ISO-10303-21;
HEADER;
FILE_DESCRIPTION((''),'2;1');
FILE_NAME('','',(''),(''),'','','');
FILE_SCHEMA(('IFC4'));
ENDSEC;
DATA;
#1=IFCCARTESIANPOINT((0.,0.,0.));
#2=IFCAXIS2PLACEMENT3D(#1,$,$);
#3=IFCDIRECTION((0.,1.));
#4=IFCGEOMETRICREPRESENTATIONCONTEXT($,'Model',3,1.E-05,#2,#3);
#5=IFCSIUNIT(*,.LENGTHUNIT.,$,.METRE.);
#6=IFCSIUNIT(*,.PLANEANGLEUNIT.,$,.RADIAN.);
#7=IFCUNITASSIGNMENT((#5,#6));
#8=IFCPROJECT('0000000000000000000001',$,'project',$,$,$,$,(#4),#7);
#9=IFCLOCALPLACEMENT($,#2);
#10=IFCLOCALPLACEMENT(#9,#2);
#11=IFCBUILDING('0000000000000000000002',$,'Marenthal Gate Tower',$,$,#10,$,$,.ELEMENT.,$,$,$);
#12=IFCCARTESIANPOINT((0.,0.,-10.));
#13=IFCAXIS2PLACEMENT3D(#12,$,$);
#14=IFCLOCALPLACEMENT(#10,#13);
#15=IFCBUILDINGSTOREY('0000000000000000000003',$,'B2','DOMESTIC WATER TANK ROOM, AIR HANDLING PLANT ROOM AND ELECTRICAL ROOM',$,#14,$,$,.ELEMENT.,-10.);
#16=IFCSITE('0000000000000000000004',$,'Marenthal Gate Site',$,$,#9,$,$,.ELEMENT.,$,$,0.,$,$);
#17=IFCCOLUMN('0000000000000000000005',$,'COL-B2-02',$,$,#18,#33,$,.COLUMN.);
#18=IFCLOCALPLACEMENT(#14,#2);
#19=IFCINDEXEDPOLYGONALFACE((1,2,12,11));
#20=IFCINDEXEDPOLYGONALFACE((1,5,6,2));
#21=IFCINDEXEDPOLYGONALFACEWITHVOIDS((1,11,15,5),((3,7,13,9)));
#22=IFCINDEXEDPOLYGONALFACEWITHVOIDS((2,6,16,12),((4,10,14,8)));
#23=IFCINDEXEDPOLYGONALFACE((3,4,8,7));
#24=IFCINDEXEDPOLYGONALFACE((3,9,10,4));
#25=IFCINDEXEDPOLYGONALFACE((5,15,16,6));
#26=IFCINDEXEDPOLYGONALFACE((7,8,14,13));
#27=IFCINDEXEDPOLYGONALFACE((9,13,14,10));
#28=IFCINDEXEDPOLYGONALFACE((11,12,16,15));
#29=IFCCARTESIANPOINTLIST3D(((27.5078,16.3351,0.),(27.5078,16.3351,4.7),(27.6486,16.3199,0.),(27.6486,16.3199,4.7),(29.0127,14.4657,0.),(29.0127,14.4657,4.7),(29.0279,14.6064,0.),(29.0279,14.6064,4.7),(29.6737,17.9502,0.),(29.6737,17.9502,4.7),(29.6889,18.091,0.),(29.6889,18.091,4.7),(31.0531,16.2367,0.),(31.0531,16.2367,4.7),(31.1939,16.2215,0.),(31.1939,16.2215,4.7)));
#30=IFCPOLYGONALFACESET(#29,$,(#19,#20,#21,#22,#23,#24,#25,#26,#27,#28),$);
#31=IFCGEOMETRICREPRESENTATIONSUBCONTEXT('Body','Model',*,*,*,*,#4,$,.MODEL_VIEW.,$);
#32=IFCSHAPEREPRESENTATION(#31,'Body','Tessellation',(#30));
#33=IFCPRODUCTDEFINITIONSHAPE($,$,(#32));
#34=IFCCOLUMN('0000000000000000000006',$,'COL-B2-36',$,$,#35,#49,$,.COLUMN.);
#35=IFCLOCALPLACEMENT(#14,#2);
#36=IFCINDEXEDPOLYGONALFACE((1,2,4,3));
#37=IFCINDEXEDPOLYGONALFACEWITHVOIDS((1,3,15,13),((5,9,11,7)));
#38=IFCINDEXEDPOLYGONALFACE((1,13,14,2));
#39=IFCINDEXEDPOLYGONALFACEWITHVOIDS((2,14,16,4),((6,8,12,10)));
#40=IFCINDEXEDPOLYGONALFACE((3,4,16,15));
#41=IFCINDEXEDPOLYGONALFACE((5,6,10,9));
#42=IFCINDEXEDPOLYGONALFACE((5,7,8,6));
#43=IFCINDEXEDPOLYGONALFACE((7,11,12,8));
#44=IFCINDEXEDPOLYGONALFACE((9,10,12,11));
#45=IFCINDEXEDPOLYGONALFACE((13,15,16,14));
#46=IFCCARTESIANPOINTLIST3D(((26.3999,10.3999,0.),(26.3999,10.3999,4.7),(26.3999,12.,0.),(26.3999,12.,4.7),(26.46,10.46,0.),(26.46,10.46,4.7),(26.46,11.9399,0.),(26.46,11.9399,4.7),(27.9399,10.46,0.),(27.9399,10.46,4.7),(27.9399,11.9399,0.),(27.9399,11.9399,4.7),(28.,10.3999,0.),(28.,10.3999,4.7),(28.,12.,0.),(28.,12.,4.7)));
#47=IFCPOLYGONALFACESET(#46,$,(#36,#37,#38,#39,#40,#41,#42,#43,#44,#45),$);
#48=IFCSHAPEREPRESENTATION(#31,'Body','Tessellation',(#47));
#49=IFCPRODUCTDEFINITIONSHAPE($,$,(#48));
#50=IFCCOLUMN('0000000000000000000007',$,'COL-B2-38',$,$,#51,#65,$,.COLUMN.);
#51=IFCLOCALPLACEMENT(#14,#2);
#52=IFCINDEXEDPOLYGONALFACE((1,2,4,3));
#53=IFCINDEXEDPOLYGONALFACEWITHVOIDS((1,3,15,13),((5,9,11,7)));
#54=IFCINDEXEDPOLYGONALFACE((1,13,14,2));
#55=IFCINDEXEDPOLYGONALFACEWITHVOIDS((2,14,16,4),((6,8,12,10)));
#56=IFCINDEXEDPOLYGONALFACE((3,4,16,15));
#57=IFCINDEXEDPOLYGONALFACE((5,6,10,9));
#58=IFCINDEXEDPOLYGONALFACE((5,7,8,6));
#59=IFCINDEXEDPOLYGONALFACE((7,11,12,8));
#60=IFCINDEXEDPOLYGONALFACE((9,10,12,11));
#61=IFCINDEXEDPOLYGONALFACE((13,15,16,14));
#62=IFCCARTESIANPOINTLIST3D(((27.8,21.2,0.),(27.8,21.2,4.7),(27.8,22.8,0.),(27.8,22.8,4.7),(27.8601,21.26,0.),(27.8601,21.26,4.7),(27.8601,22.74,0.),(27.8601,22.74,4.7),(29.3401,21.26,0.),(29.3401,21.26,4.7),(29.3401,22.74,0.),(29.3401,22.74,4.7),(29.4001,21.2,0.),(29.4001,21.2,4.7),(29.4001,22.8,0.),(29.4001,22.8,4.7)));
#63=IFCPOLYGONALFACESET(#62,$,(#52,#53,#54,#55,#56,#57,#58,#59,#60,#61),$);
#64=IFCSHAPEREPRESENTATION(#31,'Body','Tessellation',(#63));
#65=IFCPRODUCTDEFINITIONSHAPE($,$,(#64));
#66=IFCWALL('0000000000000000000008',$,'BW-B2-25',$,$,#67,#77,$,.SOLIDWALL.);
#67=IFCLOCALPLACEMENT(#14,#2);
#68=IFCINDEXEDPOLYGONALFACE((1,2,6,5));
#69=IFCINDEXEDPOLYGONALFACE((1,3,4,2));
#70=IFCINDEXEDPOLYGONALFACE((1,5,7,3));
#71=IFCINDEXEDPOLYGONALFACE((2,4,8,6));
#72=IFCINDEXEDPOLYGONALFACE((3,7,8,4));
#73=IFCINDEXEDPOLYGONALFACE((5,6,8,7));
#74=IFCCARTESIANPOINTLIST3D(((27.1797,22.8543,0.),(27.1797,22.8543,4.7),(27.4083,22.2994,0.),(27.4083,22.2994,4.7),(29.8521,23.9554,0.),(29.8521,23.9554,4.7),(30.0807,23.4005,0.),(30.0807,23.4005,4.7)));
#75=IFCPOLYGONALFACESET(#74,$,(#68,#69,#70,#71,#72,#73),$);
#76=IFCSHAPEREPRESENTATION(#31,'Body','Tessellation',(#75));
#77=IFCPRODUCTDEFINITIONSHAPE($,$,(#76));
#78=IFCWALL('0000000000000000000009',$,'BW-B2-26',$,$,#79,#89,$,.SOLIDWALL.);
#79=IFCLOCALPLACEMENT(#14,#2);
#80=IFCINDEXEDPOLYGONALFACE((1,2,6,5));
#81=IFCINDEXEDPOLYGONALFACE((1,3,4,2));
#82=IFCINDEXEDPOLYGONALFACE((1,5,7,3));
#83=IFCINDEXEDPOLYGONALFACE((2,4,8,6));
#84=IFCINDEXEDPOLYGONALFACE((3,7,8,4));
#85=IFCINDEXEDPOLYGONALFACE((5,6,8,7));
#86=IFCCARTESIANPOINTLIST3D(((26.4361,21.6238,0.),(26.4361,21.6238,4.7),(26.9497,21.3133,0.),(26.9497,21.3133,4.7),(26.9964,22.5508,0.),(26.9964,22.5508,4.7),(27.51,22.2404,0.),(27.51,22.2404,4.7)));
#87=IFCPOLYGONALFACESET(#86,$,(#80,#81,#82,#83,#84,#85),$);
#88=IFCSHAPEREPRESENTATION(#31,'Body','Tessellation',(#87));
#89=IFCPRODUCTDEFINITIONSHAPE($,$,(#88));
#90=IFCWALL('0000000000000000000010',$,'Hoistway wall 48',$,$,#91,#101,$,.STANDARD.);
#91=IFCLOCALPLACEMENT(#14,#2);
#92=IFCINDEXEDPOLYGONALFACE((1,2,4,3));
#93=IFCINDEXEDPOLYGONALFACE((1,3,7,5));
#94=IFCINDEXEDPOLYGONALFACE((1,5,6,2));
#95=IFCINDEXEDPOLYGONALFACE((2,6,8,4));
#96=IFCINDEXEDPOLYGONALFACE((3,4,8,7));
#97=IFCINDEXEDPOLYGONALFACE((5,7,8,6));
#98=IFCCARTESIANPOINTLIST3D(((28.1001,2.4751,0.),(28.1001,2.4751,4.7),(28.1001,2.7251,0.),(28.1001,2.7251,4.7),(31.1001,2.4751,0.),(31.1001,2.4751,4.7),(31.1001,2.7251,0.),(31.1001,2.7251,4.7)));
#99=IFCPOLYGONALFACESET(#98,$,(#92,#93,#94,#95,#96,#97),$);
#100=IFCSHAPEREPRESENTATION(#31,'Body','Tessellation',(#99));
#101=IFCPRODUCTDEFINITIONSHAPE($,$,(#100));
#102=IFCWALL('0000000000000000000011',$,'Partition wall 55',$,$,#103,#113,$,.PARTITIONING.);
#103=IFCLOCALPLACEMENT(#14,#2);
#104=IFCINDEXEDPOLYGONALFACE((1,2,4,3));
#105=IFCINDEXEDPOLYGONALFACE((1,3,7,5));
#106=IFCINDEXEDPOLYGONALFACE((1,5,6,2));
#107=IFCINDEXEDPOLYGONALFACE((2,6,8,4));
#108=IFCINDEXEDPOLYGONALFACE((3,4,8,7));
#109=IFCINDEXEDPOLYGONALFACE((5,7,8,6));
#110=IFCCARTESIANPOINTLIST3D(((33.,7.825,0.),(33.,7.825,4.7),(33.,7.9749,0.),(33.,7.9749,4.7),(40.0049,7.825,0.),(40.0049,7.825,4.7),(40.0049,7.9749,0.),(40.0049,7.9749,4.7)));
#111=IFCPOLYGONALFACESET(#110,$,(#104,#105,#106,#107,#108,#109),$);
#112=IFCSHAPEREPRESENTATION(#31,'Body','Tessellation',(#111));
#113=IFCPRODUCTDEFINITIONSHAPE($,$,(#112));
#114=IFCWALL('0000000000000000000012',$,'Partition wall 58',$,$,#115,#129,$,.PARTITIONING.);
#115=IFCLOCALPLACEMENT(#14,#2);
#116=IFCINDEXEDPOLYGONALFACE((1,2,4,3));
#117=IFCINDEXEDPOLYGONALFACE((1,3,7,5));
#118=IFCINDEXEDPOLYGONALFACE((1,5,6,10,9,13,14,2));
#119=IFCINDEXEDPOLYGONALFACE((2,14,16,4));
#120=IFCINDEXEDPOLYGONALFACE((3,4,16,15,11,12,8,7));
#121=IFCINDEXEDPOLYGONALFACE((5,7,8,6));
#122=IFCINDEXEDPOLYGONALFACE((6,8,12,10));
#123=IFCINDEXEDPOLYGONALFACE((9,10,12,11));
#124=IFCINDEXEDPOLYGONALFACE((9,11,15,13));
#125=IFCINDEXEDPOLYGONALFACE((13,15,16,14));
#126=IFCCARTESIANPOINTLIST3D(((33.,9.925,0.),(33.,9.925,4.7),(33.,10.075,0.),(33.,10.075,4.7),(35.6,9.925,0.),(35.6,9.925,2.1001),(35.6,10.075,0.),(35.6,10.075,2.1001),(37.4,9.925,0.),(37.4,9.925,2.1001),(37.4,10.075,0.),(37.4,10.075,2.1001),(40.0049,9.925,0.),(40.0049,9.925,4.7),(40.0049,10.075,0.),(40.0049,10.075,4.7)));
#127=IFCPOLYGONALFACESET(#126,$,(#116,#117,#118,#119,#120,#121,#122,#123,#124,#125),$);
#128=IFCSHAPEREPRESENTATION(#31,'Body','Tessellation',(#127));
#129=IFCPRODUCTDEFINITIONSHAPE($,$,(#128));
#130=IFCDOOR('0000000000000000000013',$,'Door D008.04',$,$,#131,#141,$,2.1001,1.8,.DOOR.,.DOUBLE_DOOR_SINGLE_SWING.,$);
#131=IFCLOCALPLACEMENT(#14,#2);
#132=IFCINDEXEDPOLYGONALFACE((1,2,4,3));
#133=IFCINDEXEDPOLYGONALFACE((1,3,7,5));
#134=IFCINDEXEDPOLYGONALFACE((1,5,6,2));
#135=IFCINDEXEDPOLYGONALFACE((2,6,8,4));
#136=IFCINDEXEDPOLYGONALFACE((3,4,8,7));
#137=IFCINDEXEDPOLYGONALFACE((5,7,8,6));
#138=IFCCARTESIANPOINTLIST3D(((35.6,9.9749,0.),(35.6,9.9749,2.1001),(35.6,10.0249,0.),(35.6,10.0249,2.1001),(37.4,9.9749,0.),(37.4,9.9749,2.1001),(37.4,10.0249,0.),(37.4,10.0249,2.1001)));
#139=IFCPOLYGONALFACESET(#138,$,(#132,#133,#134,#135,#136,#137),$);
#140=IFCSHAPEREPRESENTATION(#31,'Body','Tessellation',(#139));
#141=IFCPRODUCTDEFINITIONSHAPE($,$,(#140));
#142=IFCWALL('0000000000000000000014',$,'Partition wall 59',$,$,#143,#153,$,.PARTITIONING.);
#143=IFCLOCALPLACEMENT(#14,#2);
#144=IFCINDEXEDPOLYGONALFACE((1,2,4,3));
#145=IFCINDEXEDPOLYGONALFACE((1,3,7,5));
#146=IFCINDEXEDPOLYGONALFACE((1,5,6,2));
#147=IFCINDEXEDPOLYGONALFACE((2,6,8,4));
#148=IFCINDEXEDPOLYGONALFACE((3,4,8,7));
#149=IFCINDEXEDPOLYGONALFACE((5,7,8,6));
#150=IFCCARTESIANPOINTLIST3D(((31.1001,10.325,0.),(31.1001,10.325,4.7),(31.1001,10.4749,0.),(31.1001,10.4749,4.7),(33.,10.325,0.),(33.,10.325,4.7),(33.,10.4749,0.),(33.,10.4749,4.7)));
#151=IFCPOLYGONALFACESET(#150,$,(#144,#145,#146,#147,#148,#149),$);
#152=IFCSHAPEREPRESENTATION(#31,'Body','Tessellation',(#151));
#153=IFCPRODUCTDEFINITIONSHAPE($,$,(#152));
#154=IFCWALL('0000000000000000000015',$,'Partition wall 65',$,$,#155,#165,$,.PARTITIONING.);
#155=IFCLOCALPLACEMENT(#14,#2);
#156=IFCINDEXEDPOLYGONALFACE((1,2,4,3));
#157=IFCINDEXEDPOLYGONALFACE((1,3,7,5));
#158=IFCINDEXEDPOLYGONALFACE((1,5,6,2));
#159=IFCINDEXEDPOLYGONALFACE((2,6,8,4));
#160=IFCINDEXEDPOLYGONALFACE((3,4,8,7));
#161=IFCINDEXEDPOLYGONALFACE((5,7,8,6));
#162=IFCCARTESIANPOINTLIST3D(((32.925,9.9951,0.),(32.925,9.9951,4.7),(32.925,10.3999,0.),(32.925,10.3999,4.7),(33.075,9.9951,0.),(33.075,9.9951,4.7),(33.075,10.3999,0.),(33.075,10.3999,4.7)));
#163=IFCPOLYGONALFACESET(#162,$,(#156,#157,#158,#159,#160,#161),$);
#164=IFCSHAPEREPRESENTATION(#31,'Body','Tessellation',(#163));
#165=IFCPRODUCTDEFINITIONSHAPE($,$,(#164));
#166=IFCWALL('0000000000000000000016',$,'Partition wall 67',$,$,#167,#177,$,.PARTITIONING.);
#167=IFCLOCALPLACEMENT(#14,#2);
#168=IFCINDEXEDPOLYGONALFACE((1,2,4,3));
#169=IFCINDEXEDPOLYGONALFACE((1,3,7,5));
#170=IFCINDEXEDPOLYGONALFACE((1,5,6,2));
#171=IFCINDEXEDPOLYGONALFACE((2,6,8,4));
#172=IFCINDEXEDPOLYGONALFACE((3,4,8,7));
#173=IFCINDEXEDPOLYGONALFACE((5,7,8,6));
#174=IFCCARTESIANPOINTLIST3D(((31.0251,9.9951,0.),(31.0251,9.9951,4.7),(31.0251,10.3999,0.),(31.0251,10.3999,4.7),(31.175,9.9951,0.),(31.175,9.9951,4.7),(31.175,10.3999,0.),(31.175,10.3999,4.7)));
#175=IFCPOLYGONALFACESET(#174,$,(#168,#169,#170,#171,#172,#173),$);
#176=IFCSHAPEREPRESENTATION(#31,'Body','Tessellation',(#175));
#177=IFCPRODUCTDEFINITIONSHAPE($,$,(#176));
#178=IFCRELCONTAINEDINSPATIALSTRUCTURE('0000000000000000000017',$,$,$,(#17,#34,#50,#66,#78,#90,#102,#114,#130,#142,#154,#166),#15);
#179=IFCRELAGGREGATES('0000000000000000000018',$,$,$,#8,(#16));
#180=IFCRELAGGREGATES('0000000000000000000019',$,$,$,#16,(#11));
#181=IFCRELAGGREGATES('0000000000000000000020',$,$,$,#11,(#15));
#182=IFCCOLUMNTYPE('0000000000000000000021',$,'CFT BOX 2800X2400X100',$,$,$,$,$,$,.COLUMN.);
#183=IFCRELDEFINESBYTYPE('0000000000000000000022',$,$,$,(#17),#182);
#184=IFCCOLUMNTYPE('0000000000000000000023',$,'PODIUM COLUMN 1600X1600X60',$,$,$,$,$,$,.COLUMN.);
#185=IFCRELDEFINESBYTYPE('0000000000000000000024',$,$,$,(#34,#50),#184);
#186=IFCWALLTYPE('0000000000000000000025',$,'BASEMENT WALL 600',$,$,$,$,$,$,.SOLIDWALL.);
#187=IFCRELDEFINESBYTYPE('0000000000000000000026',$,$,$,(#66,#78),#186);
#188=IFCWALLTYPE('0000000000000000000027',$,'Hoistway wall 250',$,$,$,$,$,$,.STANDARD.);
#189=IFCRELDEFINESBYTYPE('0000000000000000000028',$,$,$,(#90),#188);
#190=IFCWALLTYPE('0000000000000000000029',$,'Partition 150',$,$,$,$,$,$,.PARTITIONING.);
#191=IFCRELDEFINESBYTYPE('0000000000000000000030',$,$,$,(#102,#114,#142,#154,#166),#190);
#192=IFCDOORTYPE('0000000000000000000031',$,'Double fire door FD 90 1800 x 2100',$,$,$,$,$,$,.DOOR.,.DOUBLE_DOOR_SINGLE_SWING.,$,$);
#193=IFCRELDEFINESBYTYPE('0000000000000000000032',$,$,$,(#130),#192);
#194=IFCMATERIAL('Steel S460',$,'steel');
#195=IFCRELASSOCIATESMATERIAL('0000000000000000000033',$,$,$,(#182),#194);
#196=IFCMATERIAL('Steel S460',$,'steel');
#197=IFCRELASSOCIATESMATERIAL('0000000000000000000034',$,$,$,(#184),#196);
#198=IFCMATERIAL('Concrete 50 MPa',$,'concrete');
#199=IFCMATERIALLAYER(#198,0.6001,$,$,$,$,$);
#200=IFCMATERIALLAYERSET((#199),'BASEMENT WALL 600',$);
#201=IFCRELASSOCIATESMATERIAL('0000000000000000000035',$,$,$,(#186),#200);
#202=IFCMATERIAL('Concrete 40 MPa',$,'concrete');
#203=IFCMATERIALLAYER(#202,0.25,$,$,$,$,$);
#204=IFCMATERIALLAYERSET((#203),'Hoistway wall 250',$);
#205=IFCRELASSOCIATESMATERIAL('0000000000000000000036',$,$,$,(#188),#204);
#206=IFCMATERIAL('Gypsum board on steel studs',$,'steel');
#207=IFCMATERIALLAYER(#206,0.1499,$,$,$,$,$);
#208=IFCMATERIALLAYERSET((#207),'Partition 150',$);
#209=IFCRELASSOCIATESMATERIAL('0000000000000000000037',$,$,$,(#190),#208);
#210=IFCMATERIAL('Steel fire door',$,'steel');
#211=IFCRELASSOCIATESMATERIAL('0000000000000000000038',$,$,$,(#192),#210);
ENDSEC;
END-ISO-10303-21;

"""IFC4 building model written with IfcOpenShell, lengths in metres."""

from ifc_helpers import new_model, si_unit, direction, frame, frame_2d, origin, origin_2d, place, context, subcontext, project, spatial, rectangle, hollow_rectangle, extrude, material, layer, layer_set, material_profile, profile_set, type_object, element, fill, save


model = new_model("IFC4")

# Units and contexts
model_context = context("Model", 3, precision=1e-05, world=origin(), true_north=direction((0.0, 1.0)))
body_context = subcontext(model_context, "Body", "Model", "MODEL_VIEW")
ifc_project = project(units=[si_unit("LENGTHUNIT", "METRE"), si_unit("PLANEANGLEUNIT", "RADIAN")], contexts=[model_context])

# Site, building, storey
site_placement = place(None, origin())
site = spatial("IfcSite", under=ifc_project, at=site_placement, Name="Marenthal Gate Site", CompositionType="ELEMENT", RefElevation=0.0)
building_placement = place(site_placement, origin())
building = spatial("IfcBuilding", under=site, at=building_placement, Name="Marenthal Gate Tower", CompositionType="ELEMENT")
storey_placement = place(building_placement, frame((0.0, 0.0, -10.0)))
storey = spatial("IfcBuildingStorey", under=building, at=storey_placement, Name="B2", Description="DOMESTIC WATER TANK ROOM, AIR HANDLING PLANT ROOM AND ELECTRICAL ROOM", CompositionType="ELEMENT", Elevation=-10.0)

# Columns
ifc_material_1 = material(Name="Steel S460", Category="steel")
ifc_material_profile_1 = material_profile(ifc_material_1, hollow_rectangle(XDim=2.3999, YDim=2.8, WallThickness=0.1001, at=origin_2d()), Name="CFT BOX 2800X2400X100")
ifc_material_2 = material(Name="Concrete 70 MPa", Category="concrete")
ifc_material_profile_2 = material_profile(ifc_material_2, rectangle(XDim=2.2, YDim=2.6001, at=origin_2d()), Name="CFT BOX 2800X2400X100 INFILL")
ifc_profile_set_1 = profile_set([ifc_material_profile_1, ifc_material_profile_2], Name="Steel S460 shell, Concrete 70 MPa infill")
column_type_1 = type_object("IfcColumnType", Name="CFT BOX 2800X2400X100", PredefinedType="COLUMN", material=ifc_profile_set_1)
for number, where, z_axis, x_axis, name in (
    (1, (29.3508, 16.2783, 0.0), (0.0, 0.0, 1.0), (0.62707, -0.778963, 0.0), "COL-B2-02"),
):
    element("IfcColumn", number, at=place(storey_placement, frame(where, z_axis=z_axis, x_axis=x_axis)), inside=storey, type_object=column_type_1, Name=name, PredefinedType="COLUMN", context=body_context, shape_type="SweptSolid", body=[
        extrude(hollow_rectangle(XDim=2.3999, YDim=2.8, WallThickness=0.1001, at=origin_2d()), origin(), (0.0, 0.0, 1.0), 4.7),
    ])
ifc_material_3 = material(Name="Steel S460", Category="steel")
ifc_material_profile_3 = material_profile(ifc_material_3, hollow_rectangle(XDim=1.6001, YDim=1.6001, WallThickness=0.0601, at=origin_2d()), Name="CFT BOX 1600X1600X60")
ifc_material_4 = material(Name="Concrete 70 MPa", Category="concrete")
ifc_material_profile_4 = material_profile(ifc_material_4, rectangle(XDim=1.48, YDim=1.48, at=origin_2d()), Name="CFT BOX 1600X1600X60 INFILL")
ifc_profile_set_2 = profile_set([ifc_material_profile_3, ifc_material_profile_4], Name="Steel S460 shell, Concrete 70 MPa infill")
column_type_2 = type_object("IfcColumnType", Name="PODIUM COLUMN 1600X1600X60", PredefinedType="COLUMN", material=ifc_profile_set_2)
for number, where, z_axis, x_axis, name in (
    (2, (27.2, 11.2, 0.0), (0.0, 0.0, 1.0), (1.0, 0.0, 0.0), "COL-B2-36"),
    (3, (28.6001, 22.0, 0.0), (0.0, 0.0, 1.0), (1.0, 0.0, 0.0), "COL-B2-38"),
):
    element("IfcColumn", number, at=place(storey_placement, frame(where, z_axis=z_axis, x_axis=x_axis)), inside=storey, type_object=column_type_2, Name=name, PredefinedType="COLUMN", context=body_context, shape_type="SweptSolid", body=[
        extrude(hollow_rectangle(XDim=1.6001, YDim=1.6001, WallThickness=0.0601, at=origin_2d()), origin(), (0.0, 0.0, 1.0), 4.7),
    ])

# Walls
ifc_material_5 = material(Name="Concrete 50 MPa", Category="concrete")
ifc_layer_1 = layer(ifc_material_5, 0.6001)
ifc_layer_set_1 = layer_set([ifc_layer_1], Name="BASEMENT WALL 600")
wall_type_1 = type_object("IfcWallType", Name="BASEMENT WALL 600", PredefinedType="SOLIDWALL", material=ifc_layer_set_1)
wall_1_placement = place(storey_placement, frame((29.9666, 23.678, 0.0), z_axis=(0.0, 0.0, 1.0), x_axis=(-0.924594, -0.380954, 0.0)))
element("IfcWall", 4, at=wall_1_placement, inside=storey, type_object=wall_type_1, Name="BW-B2-25", PredefinedType="SOLIDWALL", context=body_context, shape_type="SweptSolid", body=[
    extrude(rectangle(XDim=2.8904, YDim=0.6001, at=frame_2d((1.4453, 0.0))), origin(), (0.0, 0.0, 1.0), 4.7),
])
wall_2_placement = place(storey_placement, frame((27.2532, 22.3955, 0.0), z_axis=(0.0, 0.0, 1.0), x_axis=(-0.517277, -0.855818, 0.0)))
element("IfcWall", 5, at=wall_2_placement, inside=storey, type_object=wall_type_1, Name="BW-B2-26", PredefinedType="SOLIDWALL", context=body_context, shape_type="SweptSolid", body=[
    extrude(rectangle(XDim=1.0833, YDim=0.6001, at=frame_2d((0.5415, 0.0))), origin(), (0.0, 0.0, 1.0), 4.7),
])
ifc_material_6 = material(Name="Concrete 40 MPa", Category="concrete")
ifc_layer_2 = layer(ifc_material_6, 0.25)
ifc_layer_set_2 = layer_set([ifc_layer_2], Name="Hoistway wall 250")
wall_type_2 = type_object("IfcWallType", Name="Hoistway wall 250", PredefinedType="STANDARD", material=ifc_layer_set_2)
wall_3_placement = place(storey_placement, frame((28.1001, 2.6001, 0.0), z_axis=(0.0, 0.0, 1.0), x_axis=(1.0, 0.0, 0.0)))
element("IfcWall", 6, at=wall_3_placement, inside=storey, type_object=wall_type_2, Name="Hoistway wall 48", PredefinedType="STANDARD", context=body_context, shape_type="SweptSolid", body=[
    extrude(rectangle(XDim=3.0, YDim=0.25, at=frame_2d((1.5, 0.0))), origin(), (0.0, 0.0, 1.0), 4.7),
])
ifc_material_7 = material(Name="Gypsum board on steel studs", Category="steel")
ifc_layer_3 = layer(ifc_material_7, 0.1499)
ifc_layer_set_3 = layer_set([ifc_layer_3], Name="Partition 150")
wall_type_3 = type_object("IfcWallType", Name="Partition 150", PredefinedType="PARTITIONING", material=ifc_layer_set_3)
wall_4_placement = place(storey_placement, frame((33.0, 7.8999, 0.0), z_axis=(0.0, 0.0, 1.0), x_axis=(1.0, 0.0, 0.0)))
element("IfcWall", 7, at=wall_4_placement, inside=storey, type_object=wall_type_3, Name="Partition wall 55", PredefinedType="PARTITIONING", context=body_context, shape_type="SweptSolid", body=[
    extrude(rectangle(XDim=7.0049, YDim=0.1499, at=frame_2d((3.5024, 0.0))), origin(), (0.0, 0.0, 1.0), 4.7),
])

# Wall, opening, door
wall_5_placement = place(storey_placement, frame((33.0, 10.0, 0.0), z_axis=(0.0, 0.0, 1.0), x_axis=(1.0, 0.0, 0.0)))
wall_5 = element("IfcWall", 8, at=wall_5_placement, inside=storey, type_object=wall_type_3, Name="Partition wall 58", PredefinedType="PARTITIONING", context=body_context, shape_type="SweptSolid", body=[
    extrude(rectangle(XDim=7.0049, YDim=0.1499, at=frame_2d((3.5024, 0.0))), origin(), (0.0, 0.0, 1.0), 4.7),
])
opening_1_placement = place(wall_5_placement, frame((2.6001, 0.0, 0.0)))
opening_1 = element("IfcOpeningElement", 9, at=opening_1_placement, cuts=wall_5, PredefinedType="OPENING", context=body_context, shape_type="SweptSolid", body=[
    extrude(rectangle(XDim=1.8, YDim=2.1001, at=frame_2d((0.8999, 1.05))), frame((0.0, 0.085, 0.0), z_axis=(0.0, -1.0, 0.0), x_axis=(1.0, 0.0, 0.0)), (0.0, 0.0, 1.0), 0.1699),
])
ifc_material_8 = material(Name="Steel fire door", Category="steel")
door_type_1 = type_object("IfcDoorType", Name="Double fire door FD 90 1800 x 2100", OperationType="DOUBLE_DOOR_SINGLE_SWING", PredefinedType="DOOR", material=ifc_material_8)
door_1_placement = place(opening_1_placement, origin())
door_1 = element("IfcDoor", 10, at=door_1_placement, inside=storey, type_object=door_type_1, Name="Door D008.04", OperationType="DOUBLE_DOOR_SINGLE_SWING", OverallHeight=2.1001, OverallWidth=1.8, PredefinedType="DOOR", context=body_context, shape_type="SweptSolid", body=[
    extrude(rectangle(XDim=1.8, YDim=2.1001, at=frame_2d((0.8999, 1.05))), frame((0.0, 0.0249, 0.0), z_axis=(0.0, -1.0, 0.0), x_axis=(1.0, 0.0, 0.0)), (0.0, 0.0, 1.0), 0.05),
])
fill(opening_1, door_1)

# Walls
wall_6_placement = place(storey_placement, frame((31.1001, 10.3999, 0.0), z_axis=(0.0, 0.0, 1.0), x_axis=(1.0, 0.0, 0.0)))
element("IfcWall", 11, at=wall_6_placement, inside=storey, type_object=wall_type_3, Name="Partition wall 59", PredefinedType="PARTITIONING", context=body_context, shape_type="SweptSolid", body=[
    extrude(rectangle(XDim=1.8999, YDim=0.1499, at=frame_2d((0.95, 0.0))), origin(), (0.0, 0.0, 1.0), 4.7),
])
for number, where, z_axis, x_axis, name in (
    (12, (33.0, 9.9951, 0.0), (0.0, 0.0, 1.0), (0.0, 1.0, 0.0), "Partition wall 65"),
    (13, (31.1001, 9.9951, 0.0), (0.0, 0.0, 1.0), (0.0, 1.0, 0.0), "Partition wall 67"),
):
    element("IfcWall", number, at=place(storey_placement, frame(where, z_axis=z_axis, x_axis=x_axis)), inside=storey, type_object=wall_type_3, Name=name, PredefinedType="PARTITIONING", context=body_context, shape_type="SweptSolid", body=[
        extrude(rectangle(XDim=0.4048, YDim=0.1499, at=frame_2d((0.2024, 0.0))), origin(), (0.0, 0.0, 1.0), 4.7),
    ])

save(model, "model.ifc")
